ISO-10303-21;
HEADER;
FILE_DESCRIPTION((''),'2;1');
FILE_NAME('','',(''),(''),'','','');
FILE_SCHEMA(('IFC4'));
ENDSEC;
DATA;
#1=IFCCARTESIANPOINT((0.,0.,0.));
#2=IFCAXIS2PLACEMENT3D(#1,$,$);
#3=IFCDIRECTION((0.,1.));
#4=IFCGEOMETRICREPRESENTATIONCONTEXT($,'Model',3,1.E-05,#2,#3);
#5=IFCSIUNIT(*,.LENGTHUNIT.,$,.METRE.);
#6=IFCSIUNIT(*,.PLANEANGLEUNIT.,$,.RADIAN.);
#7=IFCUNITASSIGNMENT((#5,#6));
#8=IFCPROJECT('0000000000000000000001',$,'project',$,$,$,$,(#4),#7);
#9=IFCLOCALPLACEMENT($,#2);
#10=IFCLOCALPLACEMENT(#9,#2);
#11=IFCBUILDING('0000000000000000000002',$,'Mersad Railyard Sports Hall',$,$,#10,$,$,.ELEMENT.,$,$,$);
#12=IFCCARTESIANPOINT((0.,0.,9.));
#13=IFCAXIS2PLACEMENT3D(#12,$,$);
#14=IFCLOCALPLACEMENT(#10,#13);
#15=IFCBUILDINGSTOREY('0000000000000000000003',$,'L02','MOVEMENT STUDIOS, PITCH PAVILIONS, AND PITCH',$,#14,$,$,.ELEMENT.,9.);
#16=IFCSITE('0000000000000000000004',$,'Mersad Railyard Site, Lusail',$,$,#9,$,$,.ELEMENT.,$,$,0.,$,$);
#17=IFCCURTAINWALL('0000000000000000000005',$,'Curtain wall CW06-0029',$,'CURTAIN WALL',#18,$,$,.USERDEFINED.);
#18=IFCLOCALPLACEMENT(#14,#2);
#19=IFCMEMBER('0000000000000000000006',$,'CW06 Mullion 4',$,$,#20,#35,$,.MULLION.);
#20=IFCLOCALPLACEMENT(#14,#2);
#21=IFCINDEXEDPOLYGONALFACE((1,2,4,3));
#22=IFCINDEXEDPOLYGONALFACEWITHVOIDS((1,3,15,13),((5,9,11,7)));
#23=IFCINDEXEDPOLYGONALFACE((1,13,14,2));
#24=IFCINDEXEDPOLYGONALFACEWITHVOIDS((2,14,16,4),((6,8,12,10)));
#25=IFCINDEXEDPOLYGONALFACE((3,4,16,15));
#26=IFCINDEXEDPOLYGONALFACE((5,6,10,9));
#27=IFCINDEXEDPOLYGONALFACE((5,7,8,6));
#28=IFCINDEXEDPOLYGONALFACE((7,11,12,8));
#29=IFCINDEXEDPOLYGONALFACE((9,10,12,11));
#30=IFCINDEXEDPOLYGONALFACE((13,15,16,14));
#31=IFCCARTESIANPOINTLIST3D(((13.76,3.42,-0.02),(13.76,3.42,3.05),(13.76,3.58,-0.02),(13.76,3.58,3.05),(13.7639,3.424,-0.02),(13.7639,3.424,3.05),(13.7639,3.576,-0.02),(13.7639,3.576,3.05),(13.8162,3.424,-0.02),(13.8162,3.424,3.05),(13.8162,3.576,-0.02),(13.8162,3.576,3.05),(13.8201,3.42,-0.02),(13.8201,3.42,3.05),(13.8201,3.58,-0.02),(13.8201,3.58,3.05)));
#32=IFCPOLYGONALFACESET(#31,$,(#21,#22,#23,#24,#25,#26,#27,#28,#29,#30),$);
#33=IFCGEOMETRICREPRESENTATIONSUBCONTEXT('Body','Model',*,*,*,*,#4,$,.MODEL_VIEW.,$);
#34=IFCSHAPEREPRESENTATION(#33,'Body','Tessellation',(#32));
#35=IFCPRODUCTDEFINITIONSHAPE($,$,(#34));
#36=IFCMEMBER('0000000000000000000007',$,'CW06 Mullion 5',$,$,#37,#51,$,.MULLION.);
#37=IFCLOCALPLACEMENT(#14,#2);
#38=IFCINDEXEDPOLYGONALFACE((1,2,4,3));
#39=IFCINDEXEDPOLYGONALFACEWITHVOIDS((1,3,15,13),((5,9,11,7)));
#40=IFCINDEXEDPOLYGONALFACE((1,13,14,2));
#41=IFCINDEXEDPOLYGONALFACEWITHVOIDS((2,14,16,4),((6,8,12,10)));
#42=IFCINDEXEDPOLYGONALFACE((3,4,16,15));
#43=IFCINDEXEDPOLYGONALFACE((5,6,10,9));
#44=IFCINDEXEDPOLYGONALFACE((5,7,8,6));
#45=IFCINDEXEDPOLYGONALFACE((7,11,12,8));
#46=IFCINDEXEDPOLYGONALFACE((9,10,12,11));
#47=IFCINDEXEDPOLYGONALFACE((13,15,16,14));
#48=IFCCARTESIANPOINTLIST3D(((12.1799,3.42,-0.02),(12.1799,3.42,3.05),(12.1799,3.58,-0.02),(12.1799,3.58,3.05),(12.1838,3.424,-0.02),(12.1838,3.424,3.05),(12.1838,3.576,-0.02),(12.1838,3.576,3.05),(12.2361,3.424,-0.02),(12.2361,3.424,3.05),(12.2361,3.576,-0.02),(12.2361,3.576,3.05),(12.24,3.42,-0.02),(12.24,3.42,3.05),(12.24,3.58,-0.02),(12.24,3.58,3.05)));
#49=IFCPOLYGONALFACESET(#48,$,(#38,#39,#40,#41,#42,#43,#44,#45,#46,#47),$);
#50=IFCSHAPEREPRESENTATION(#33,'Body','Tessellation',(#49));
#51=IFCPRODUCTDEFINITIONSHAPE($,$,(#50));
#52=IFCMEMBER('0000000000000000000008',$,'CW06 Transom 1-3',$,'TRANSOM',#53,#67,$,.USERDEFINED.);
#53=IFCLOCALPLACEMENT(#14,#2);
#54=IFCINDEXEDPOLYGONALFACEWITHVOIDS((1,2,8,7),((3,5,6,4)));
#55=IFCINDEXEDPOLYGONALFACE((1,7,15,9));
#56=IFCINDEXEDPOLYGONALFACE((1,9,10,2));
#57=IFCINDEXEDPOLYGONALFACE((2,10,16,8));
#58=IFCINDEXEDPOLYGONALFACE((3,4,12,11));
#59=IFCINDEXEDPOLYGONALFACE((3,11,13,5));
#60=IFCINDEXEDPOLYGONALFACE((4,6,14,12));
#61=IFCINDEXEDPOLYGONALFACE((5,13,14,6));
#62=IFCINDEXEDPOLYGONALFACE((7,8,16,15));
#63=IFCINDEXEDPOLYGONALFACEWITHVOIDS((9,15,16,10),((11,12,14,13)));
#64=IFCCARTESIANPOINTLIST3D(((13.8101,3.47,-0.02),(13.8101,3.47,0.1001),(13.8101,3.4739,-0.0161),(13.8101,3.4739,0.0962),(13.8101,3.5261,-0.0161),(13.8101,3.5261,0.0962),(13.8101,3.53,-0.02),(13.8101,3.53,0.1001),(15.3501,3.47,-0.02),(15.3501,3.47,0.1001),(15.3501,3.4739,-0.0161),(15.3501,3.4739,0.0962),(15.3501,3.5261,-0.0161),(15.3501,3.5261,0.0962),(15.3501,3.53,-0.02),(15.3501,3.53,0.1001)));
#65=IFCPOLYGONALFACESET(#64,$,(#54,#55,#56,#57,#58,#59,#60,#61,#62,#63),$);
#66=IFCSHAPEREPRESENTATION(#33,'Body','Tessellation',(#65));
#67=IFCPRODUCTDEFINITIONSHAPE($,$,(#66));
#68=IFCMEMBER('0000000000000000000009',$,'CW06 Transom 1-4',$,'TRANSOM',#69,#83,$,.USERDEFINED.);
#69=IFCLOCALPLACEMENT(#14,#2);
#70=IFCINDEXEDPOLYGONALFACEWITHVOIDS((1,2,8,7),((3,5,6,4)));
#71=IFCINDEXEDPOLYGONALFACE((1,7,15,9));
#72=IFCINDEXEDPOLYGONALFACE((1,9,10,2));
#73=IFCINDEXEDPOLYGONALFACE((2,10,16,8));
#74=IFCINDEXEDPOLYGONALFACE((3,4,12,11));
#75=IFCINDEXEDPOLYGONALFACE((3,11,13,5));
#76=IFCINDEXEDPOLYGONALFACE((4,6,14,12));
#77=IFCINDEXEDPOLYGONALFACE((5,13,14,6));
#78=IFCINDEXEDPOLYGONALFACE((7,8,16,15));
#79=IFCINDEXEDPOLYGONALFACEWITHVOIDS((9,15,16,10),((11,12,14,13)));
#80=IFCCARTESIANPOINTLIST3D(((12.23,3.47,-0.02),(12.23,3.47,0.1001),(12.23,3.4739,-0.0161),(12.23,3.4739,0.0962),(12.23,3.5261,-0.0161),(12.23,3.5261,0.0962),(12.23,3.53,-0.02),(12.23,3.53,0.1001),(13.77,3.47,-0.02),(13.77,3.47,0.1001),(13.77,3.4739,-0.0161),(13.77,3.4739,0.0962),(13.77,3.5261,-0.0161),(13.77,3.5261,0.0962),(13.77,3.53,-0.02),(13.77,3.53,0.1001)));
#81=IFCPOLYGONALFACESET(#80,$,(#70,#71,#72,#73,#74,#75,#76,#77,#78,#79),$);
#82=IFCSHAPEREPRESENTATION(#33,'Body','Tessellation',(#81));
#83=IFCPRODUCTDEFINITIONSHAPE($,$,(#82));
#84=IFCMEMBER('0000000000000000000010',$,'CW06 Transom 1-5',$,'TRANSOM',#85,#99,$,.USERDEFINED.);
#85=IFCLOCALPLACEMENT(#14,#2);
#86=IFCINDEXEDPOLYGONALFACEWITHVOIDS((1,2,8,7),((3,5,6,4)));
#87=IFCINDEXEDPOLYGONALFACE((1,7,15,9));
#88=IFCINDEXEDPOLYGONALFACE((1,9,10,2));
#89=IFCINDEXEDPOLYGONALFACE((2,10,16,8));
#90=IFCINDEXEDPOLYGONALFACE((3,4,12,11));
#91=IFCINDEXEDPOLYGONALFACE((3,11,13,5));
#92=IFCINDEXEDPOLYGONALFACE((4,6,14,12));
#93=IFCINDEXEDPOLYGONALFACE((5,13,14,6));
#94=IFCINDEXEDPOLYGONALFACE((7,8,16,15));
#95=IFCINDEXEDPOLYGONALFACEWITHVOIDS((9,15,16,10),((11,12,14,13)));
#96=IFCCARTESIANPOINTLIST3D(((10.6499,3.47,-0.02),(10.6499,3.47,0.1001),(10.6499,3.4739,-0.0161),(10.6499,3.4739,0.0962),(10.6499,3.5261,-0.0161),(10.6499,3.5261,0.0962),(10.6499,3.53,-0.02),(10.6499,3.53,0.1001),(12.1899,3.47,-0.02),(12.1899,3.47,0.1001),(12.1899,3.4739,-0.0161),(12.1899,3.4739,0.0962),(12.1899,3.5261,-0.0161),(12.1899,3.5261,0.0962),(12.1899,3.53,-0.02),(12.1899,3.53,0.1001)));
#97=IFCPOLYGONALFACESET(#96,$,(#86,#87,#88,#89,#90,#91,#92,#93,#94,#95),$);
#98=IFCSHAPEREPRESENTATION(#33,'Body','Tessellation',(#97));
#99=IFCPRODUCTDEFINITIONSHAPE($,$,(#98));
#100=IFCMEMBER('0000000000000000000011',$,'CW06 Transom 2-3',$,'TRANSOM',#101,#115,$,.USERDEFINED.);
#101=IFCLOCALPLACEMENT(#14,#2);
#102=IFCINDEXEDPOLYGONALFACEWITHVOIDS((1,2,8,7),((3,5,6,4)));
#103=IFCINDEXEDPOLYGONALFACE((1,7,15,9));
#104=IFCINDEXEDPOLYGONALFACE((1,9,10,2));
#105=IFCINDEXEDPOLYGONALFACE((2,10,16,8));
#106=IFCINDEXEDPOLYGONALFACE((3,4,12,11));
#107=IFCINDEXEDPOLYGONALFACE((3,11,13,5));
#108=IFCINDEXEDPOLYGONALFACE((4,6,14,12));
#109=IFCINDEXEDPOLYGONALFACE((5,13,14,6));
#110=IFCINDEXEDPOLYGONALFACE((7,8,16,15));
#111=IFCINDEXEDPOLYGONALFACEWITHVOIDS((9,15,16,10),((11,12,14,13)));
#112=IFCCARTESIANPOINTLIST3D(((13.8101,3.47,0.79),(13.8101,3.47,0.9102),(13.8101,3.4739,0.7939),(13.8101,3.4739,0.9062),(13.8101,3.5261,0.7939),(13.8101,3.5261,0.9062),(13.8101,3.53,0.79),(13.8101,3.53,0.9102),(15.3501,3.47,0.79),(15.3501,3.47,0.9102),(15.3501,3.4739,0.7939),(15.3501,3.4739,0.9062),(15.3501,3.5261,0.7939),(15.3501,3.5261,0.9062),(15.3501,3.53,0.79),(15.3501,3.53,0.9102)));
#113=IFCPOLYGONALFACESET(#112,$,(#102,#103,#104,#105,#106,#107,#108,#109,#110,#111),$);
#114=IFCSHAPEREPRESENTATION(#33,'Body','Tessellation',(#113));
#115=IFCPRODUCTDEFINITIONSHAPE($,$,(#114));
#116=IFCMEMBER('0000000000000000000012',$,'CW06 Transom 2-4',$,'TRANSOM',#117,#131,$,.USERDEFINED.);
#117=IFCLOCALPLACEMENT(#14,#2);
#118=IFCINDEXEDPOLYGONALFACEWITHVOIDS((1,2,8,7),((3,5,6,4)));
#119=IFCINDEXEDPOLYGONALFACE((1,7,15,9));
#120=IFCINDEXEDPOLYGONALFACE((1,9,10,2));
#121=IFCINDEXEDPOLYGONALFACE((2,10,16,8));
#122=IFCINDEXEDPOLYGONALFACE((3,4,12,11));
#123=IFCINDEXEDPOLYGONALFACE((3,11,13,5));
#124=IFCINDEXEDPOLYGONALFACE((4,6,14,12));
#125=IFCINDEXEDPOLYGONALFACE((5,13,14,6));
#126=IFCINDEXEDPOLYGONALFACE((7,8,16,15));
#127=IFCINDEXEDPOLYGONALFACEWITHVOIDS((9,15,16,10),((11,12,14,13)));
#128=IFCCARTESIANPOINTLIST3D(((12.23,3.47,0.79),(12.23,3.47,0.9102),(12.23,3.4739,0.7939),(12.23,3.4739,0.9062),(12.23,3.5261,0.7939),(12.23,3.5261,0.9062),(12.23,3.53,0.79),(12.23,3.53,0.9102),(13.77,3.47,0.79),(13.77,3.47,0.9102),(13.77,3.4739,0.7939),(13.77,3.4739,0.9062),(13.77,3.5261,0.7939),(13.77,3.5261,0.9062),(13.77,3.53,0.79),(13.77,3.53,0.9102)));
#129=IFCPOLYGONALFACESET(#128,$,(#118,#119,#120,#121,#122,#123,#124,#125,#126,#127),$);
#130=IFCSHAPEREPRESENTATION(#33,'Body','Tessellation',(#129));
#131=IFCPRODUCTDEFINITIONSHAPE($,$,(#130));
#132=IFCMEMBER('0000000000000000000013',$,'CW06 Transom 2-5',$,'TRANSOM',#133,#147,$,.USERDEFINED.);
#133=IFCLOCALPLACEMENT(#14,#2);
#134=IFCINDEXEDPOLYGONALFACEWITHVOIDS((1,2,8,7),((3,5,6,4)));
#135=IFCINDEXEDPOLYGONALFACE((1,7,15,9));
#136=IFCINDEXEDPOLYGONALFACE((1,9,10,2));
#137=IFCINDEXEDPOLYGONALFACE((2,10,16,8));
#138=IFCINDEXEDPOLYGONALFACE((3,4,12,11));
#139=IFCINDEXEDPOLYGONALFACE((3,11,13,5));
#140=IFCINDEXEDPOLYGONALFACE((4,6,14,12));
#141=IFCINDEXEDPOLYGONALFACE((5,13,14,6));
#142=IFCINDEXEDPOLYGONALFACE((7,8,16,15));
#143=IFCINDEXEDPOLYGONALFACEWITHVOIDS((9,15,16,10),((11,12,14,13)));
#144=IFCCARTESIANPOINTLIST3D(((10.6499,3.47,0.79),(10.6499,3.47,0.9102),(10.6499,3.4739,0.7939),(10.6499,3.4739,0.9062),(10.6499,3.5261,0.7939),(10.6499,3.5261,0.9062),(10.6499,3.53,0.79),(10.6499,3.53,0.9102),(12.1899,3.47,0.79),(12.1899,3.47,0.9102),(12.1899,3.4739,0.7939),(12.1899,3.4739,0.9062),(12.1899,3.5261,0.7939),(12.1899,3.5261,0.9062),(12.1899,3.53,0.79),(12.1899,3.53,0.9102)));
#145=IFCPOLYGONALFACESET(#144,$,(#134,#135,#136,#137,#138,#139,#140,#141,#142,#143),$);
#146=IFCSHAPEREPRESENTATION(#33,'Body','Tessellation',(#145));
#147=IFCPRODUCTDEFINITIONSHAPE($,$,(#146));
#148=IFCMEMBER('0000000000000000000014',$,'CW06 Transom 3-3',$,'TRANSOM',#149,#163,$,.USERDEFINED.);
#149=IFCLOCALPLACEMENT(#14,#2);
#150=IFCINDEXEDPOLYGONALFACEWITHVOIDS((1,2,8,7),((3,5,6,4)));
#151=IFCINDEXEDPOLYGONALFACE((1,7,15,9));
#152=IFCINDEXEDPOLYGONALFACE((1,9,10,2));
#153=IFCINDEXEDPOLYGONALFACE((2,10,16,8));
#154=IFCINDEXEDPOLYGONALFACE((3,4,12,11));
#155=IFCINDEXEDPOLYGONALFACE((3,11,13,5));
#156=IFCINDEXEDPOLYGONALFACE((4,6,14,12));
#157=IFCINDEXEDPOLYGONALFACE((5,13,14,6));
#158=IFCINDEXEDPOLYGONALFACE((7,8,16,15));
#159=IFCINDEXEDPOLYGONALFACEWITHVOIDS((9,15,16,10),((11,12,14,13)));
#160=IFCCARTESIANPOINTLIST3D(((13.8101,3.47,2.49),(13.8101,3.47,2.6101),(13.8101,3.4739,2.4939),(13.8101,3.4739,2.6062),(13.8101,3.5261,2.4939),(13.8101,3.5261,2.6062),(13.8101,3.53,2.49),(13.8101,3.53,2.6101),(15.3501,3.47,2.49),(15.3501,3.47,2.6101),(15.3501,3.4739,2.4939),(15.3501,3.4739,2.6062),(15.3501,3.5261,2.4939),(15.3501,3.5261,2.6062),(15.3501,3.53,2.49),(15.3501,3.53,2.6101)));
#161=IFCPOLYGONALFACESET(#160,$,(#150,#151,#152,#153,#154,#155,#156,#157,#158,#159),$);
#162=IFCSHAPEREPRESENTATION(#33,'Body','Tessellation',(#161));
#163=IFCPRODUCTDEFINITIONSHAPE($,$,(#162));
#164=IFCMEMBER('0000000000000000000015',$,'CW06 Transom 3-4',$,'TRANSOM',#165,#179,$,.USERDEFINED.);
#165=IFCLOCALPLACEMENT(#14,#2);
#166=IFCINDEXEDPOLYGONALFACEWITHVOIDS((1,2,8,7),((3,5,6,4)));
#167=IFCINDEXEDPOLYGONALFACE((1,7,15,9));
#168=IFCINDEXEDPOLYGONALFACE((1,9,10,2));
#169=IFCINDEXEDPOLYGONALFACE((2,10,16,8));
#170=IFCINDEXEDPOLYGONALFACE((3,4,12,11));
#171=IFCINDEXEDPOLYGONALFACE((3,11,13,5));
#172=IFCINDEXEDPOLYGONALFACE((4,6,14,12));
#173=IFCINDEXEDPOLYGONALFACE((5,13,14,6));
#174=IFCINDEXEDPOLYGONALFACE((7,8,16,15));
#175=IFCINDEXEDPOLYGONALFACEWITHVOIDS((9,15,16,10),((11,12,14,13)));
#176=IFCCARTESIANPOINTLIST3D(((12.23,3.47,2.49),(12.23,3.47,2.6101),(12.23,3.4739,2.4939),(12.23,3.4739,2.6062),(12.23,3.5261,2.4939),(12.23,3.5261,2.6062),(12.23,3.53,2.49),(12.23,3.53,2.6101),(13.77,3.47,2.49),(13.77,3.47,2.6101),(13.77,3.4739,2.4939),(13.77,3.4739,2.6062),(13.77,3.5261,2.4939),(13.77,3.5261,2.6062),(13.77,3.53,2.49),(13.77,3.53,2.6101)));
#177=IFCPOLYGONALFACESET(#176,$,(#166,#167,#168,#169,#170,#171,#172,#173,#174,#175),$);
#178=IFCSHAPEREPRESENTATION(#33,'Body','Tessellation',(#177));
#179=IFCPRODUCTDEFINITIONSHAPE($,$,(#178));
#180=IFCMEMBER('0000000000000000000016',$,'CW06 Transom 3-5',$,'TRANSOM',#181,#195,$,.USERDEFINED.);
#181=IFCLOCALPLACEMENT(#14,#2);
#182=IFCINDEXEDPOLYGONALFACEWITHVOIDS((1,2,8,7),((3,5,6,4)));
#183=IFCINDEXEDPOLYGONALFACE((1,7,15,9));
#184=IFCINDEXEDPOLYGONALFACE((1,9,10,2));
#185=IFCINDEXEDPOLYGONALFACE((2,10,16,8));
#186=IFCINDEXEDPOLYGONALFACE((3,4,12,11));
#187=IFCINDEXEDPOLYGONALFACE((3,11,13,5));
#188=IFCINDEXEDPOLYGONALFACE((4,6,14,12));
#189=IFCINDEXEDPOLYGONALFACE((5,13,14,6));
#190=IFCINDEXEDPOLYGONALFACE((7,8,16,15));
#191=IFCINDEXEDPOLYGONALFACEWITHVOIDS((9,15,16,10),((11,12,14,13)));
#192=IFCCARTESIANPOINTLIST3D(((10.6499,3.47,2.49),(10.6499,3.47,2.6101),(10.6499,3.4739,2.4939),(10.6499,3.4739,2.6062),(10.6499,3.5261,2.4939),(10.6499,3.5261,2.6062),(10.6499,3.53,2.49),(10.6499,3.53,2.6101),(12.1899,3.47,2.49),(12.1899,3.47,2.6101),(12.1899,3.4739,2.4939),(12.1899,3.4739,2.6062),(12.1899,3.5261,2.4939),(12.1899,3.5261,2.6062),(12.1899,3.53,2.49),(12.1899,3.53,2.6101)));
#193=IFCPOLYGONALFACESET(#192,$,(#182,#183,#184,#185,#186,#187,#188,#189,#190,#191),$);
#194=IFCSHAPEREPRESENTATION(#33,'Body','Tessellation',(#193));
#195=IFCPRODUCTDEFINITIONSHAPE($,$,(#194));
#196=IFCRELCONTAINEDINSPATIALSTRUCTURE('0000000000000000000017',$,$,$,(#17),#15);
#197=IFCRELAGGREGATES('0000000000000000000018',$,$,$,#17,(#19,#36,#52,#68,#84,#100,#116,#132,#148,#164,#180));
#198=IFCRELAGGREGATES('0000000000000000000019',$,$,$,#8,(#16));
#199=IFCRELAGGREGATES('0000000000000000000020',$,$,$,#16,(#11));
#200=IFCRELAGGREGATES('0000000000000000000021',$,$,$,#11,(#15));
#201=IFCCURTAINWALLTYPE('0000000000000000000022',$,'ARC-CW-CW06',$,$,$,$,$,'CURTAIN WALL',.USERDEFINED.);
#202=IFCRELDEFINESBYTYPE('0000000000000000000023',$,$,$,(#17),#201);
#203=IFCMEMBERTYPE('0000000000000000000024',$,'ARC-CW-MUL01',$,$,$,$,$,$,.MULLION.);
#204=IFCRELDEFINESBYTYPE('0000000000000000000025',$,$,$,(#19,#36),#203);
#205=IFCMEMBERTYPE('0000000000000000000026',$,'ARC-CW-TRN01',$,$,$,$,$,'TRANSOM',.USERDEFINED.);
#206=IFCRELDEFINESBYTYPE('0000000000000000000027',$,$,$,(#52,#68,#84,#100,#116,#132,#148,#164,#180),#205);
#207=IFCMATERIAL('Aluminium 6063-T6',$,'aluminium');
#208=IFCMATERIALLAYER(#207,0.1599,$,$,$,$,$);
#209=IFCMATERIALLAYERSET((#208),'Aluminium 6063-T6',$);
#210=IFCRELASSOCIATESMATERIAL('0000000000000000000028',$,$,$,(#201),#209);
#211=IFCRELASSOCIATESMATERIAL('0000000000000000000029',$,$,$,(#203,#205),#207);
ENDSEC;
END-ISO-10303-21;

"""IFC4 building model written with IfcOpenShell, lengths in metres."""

from ifc_helpers import new_model, si_unit, direction, frame, origin, origin_2d, place, context, subcontext, project, spatial, hollow_rectangle, extrude, material, layer, layer_set, material_profile, profile_set, type_object, element, aggregate, save


model = new_model("IFC4")

# Units and contexts
model_context = context("Model", 3, precision=1e-05, world=origin(), true_north=direction((0.0, 1.0)))
body_context = subcontext(model_context, "Body", "Model", "MODEL_VIEW")
ifc_project = project(units=[si_unit("LENGTHUNIT", "METRE"), si_unit("PLANEANGLEUNIT", "RADIAN")], contexts=[model_context])

# Site, building, storey
site_placement = place(None, origin())
site = spatial("IfcSite", under=ifc_project, at=site_placement, Name="Mersad Railyard Site, Lusail", CompositionType="ELEMENT", RefElevation=0.0)
building_placement = place(site_placement, origin())
building = spatial("IfcBuilding", under=site, at=building_placement, Name="Mersad Railyard Sports Hall", CompositionType="ELEMENT")
storey_placement = place(building_placement, frame((0.0, 0.0, 9.0)))
storey = spatial("IfcBuildingStorey", under=building, at=storey_placement, Name="L02", Description="MOVEMENT STUDIOS, PITCH PAVILIONS, AND PITCH", CompositionType="ELEMENT", Elevation=9.0)

# Curtain wall, members
ifc_material_1 = material(Name="Aluminium 6063-T6", Category="aluminium")
ifc_layer_1 = layer(ifc_material_1, 0.1599)
ifc_layer_set_1 = layer_set([ifc_layer_1], Name="Aluminium 6063-T6")
curtain_wall_type = type_object("IfcCurtainWallType", Name="ARC-CW-CW06", ElementType="CURTAIN WALL", PredefinedType="USERDEFINED", material=ifc_layer_set_1)
curtain_wall_placement = place(storey_placement, origin())
curtain_wall = element("IfcCurtainWall", 1, at=curtain_wall_placement, inside=storey, type_object=curtain_wall_type, Name="Curtain wall CW06-0029", ObjectType="CURTAIN WALL", PredefinedType="USERDEFINED")
ifc_material_profile_1 = material_profile(ifc_material_1, hollow_rectangle(XDim=0.0601, YDim=0.1599, WallThickness=0.0039, at=origin_2d()), Name="AL MULLION 60x160x4")
ifc_profile_set_1 = profile_set([ifc_material_profile_1], Name="Aluminium 6063-T6")
member_type_1 = type_object("IfcMemberType", Name="ARC-CW-MUL01", PredefinedType="MULLION", material=ifc_profile_set_1)
member_1_placement = place(storey_placement, frame((13.79, 3.5, -0.02), z_axis=(0.0, 0.0, 1.0), x_axis=(1.0, 0.0, 0.0)))
member_1 = element("IfcMember", 2, at=member_1_placement, type_object=member_type_1, Name="CW06 Mullion 4", PredefinedType="MULLION", context=body_context, shape_type="SweptSolid", body=[
    extrude(hollow_rectangle(XDim=0.0601, YDim=0.1599, WallThickness=0.0039, at=origin_2d()), origin(), (0.0, 0.0, 1.0), 3.0701),
])
member_2_placement = place(storey_placement, frame((12.21, 3.5, -0.02), z_axis=(0.0, 0.0, 1.0), x_axis=(1.0, 0.0, 0.0)))
member_2 = element("IfcMember", 3, at=member_2_placement, type_object=member_type_1, Name="CW06 Mullion 5", PredefinedType="MULLION", context=body_context, shape_type="SweptSolid", body=[
    extrude(hollow_rectangle(XDim=0.0601, YDim=0.1599, WallThickness=0.0039, at=origin_2d()), origin(), (0.0, 0.0, 1.0), 3.0701),
])
ifc_material_profile_2 = material_profile(ifc_material_1, hollow_rectangle(XDim=0.0601, YDim=0.1201, WallThickness=0.0039, at=origin_2d()), Name="AL TRANSOM 60x120x4")
ifc_profile_set_2 = profile_set([ifc_material_profile_2], Name="Aluminium 6063-T6")
member_type_2 = type_object("IfcMemberType", Name="ARC-CW-TRN01", ElementType="TRANSOM", PredefinedType="USERDEFINED", material=ifc_profile_set_2)
member_3_placement = place(storey_placement, frame((15.3501, 3.5, 0.04), z_axis=(-1.0, 0.0, 0.0), x_axis=(0.0, -1.0, 0.0)))
member_3 = element("IfcMember", 4, at=member_3_placement, type_object=member_type_2, Name="CW06 Transom 1-3", ObjectType="TRANSOM", PredefinedType="USERDEFINED", context=body_context, shape_type="SweptSolid", body=[
    extrude(hollow_rectangle(XDim=0.0601, YDim=0.1201, WallThickness=0.0039, at=origin_2d()), origin(), (0.0, 0.0, 1.0), 1.54),
])
member_4_placement = place(storey_placement, frame((13.77, 3.5, 0.04), z_axis=(-1.0, 0.0, 0.0), x_axis=(0.0, -1.0, 0.0)))
member_4 = element("IfcMember", 5, at=member_4_placement, type_object=member_type_2, Name="CW06 Transom 1-4", ObjectType="TRANSOM", PredefinedType="USERDEFINED", context=body_context, shape_type="SweptSolid", body=[
    extrude(hollow_rectangle(XDim=0.0601, YDim=0.1201, WallThickness=0.0039, at=origin_2d()), origin(), (0.0, 0.0, 1.0), 1.54),
])
member_5_placement = place(storey_placement, frame((12.1899, 3.5, 0.04), z_axis=(-1.0, 0.0, 0.0), x_axis=(0.0, -1.0, 0.0)))
member_5 = element("IfcMember", 6, at=member_5_placement, type_object=member_type_2, Name="CW06 Transom 1-5", ObjectType="TRANSOM", PredefinedType="USERDEFINED", context=body_context, shape_type="SweptSolid", body=[
    extrude(hollow_rectangle(XDim=0.0601, YDim=0.1201, WallThickness=0.0039, at=origin_2d()), origin(), (0.0, 0.0, 1.0), 1.54),
])
member_6_placement = place(storey_placement, frame((15.3501, 3.5, 0.8501), z_axis=(-1.0, 0.0, 0.0), x_axis=(0.0, -1.0, 0.0)))
member_6 = element("IfcMember", 7, at=member_6_placement, type_object=member_type_2, Name="CW06 Transom 2-3", ObjectType="TRANSOM", PredefinedType="USERDEFINED", context=body_context, shape_type="SweptSolid", body=[
    extrude(hollow_rectangle(XDim=0.0601, YDim=0.1201, WallThickness=0.0039, at=origin_2d()), origin(), (0.0, 0.0, 1.0), 1.54),
])
member_7_placement = place(storey_placement, frame((13.77, 3.5, 0.8501), z_axis=(-1.0, 0.0, 0.0), x_axis=(0.0, -1.0, 0.0)))
member_7 = element("IfcMember", 8, at=member_7_placement, type_object=member_type_2, Name="CW06 Transom 2-4", ObjectType="TRANSOM", PredefinedType="USERDEFINED", context=body_context, shape_type="SweptSolid", body=[
    extrude(hollow_rectangle(XDim=0.0601, YDim=0.1201, WallThickness=0.0039, at=origin_2d()), origin(), (0.0, 0.0, 1.0), 1.54),
])
member_8_placement = place(storey_placement, frame((12.1899, 3.5, 0.8501), z_axis=(-1.0, 0.0, 0.0), x_axis=(0.0, -1.0, 0.0)))
member_8 = element("IfcMember", 9, at=member_8_placement, type_object=member_type_2, Name="CW06 Transom 2-5", ObjectType="TRANSOM", PredefinedType="USERDEFINED", context=body_context, shape_type="SweptSolid", body=[
    extrude(hollow_rectangle(XDim=0.0601, YDim=0.1201, WallThickness=0.0039, at=origin_2d()), origin(), (0.0, 0.0, 1.0), 1.54),
])
member_9_placement = place(storey_placement, frame((15.3501, 3.5, 2.55), z_axis=(-1.0, 0.0, 0.0), x_axis=(0.0, -1.0, 0.0)))
member_9 = element("IfcMember", 10, at=member_9_placement, type_object=member_type_2, Name="CW06 Transom 3-3", ObjectType="TRANSOM", PredefinedType="USERDEFINED", context=body_context, shape_type="SweptSolid", body=[
    extrude(hollow_rectangle(XDim=0.0601, YDim=0.1201, WallThickness=0.0039, at=origin_2d()), origin(), (0.0, 0.0, 1.0), 1.54),
])
member_10_placement = place(storey_placement, frame((13.77, 3.5, 2.55), z_axis=(-1.0, 0.0, 0.0), x_axis=(0.0, -1.0, 0.0)))
member_10 = element("IfcMember", 11, at=member_10_placement, type_object=member_type_2, Name="CW06 Transom 3-4", ObjectType="TRANSOM", PredefinedType="USERDEFINED", context=body_context, shape_type="SweptSolid", body=[
    extrude(hollow_rectangle(XDim=0.0601, YDim=0.1201, WallThickness=0.0039, at=origin_2d()), origin(), (0.0, 0.0, 1.0), 1.54),
])
member_11_placement = place(storey_placement, frame((12.1899, 3.5, 2.55), z_axis=(-1.0, 0.0, 0.0), x_axis=(0.0, -1.0, 0.0)))
member_11 = element("IfcMember", 12, at=member_11_placement, type_object=member_type_2, Name="CW06 Transom 3-5", ObjectType="TRANSOM", PredefinedType="USERDEFINED", context=body_context, shape_type="SweptSolid", body=[
    extrude(hollow_rectangle(XDim=0.0601, YDim=0.1201, WallThickness=0.0039, at=origin_2d()), origin(), (0.0, 0.0, 1.0), 1.54),
])
aggregate(curtain_wall, [member_1, member_2, member_3, member_4, member_5, member_6, member_7, member_8, member_9, member_10, member_11])

save(model, "model.ifc")
